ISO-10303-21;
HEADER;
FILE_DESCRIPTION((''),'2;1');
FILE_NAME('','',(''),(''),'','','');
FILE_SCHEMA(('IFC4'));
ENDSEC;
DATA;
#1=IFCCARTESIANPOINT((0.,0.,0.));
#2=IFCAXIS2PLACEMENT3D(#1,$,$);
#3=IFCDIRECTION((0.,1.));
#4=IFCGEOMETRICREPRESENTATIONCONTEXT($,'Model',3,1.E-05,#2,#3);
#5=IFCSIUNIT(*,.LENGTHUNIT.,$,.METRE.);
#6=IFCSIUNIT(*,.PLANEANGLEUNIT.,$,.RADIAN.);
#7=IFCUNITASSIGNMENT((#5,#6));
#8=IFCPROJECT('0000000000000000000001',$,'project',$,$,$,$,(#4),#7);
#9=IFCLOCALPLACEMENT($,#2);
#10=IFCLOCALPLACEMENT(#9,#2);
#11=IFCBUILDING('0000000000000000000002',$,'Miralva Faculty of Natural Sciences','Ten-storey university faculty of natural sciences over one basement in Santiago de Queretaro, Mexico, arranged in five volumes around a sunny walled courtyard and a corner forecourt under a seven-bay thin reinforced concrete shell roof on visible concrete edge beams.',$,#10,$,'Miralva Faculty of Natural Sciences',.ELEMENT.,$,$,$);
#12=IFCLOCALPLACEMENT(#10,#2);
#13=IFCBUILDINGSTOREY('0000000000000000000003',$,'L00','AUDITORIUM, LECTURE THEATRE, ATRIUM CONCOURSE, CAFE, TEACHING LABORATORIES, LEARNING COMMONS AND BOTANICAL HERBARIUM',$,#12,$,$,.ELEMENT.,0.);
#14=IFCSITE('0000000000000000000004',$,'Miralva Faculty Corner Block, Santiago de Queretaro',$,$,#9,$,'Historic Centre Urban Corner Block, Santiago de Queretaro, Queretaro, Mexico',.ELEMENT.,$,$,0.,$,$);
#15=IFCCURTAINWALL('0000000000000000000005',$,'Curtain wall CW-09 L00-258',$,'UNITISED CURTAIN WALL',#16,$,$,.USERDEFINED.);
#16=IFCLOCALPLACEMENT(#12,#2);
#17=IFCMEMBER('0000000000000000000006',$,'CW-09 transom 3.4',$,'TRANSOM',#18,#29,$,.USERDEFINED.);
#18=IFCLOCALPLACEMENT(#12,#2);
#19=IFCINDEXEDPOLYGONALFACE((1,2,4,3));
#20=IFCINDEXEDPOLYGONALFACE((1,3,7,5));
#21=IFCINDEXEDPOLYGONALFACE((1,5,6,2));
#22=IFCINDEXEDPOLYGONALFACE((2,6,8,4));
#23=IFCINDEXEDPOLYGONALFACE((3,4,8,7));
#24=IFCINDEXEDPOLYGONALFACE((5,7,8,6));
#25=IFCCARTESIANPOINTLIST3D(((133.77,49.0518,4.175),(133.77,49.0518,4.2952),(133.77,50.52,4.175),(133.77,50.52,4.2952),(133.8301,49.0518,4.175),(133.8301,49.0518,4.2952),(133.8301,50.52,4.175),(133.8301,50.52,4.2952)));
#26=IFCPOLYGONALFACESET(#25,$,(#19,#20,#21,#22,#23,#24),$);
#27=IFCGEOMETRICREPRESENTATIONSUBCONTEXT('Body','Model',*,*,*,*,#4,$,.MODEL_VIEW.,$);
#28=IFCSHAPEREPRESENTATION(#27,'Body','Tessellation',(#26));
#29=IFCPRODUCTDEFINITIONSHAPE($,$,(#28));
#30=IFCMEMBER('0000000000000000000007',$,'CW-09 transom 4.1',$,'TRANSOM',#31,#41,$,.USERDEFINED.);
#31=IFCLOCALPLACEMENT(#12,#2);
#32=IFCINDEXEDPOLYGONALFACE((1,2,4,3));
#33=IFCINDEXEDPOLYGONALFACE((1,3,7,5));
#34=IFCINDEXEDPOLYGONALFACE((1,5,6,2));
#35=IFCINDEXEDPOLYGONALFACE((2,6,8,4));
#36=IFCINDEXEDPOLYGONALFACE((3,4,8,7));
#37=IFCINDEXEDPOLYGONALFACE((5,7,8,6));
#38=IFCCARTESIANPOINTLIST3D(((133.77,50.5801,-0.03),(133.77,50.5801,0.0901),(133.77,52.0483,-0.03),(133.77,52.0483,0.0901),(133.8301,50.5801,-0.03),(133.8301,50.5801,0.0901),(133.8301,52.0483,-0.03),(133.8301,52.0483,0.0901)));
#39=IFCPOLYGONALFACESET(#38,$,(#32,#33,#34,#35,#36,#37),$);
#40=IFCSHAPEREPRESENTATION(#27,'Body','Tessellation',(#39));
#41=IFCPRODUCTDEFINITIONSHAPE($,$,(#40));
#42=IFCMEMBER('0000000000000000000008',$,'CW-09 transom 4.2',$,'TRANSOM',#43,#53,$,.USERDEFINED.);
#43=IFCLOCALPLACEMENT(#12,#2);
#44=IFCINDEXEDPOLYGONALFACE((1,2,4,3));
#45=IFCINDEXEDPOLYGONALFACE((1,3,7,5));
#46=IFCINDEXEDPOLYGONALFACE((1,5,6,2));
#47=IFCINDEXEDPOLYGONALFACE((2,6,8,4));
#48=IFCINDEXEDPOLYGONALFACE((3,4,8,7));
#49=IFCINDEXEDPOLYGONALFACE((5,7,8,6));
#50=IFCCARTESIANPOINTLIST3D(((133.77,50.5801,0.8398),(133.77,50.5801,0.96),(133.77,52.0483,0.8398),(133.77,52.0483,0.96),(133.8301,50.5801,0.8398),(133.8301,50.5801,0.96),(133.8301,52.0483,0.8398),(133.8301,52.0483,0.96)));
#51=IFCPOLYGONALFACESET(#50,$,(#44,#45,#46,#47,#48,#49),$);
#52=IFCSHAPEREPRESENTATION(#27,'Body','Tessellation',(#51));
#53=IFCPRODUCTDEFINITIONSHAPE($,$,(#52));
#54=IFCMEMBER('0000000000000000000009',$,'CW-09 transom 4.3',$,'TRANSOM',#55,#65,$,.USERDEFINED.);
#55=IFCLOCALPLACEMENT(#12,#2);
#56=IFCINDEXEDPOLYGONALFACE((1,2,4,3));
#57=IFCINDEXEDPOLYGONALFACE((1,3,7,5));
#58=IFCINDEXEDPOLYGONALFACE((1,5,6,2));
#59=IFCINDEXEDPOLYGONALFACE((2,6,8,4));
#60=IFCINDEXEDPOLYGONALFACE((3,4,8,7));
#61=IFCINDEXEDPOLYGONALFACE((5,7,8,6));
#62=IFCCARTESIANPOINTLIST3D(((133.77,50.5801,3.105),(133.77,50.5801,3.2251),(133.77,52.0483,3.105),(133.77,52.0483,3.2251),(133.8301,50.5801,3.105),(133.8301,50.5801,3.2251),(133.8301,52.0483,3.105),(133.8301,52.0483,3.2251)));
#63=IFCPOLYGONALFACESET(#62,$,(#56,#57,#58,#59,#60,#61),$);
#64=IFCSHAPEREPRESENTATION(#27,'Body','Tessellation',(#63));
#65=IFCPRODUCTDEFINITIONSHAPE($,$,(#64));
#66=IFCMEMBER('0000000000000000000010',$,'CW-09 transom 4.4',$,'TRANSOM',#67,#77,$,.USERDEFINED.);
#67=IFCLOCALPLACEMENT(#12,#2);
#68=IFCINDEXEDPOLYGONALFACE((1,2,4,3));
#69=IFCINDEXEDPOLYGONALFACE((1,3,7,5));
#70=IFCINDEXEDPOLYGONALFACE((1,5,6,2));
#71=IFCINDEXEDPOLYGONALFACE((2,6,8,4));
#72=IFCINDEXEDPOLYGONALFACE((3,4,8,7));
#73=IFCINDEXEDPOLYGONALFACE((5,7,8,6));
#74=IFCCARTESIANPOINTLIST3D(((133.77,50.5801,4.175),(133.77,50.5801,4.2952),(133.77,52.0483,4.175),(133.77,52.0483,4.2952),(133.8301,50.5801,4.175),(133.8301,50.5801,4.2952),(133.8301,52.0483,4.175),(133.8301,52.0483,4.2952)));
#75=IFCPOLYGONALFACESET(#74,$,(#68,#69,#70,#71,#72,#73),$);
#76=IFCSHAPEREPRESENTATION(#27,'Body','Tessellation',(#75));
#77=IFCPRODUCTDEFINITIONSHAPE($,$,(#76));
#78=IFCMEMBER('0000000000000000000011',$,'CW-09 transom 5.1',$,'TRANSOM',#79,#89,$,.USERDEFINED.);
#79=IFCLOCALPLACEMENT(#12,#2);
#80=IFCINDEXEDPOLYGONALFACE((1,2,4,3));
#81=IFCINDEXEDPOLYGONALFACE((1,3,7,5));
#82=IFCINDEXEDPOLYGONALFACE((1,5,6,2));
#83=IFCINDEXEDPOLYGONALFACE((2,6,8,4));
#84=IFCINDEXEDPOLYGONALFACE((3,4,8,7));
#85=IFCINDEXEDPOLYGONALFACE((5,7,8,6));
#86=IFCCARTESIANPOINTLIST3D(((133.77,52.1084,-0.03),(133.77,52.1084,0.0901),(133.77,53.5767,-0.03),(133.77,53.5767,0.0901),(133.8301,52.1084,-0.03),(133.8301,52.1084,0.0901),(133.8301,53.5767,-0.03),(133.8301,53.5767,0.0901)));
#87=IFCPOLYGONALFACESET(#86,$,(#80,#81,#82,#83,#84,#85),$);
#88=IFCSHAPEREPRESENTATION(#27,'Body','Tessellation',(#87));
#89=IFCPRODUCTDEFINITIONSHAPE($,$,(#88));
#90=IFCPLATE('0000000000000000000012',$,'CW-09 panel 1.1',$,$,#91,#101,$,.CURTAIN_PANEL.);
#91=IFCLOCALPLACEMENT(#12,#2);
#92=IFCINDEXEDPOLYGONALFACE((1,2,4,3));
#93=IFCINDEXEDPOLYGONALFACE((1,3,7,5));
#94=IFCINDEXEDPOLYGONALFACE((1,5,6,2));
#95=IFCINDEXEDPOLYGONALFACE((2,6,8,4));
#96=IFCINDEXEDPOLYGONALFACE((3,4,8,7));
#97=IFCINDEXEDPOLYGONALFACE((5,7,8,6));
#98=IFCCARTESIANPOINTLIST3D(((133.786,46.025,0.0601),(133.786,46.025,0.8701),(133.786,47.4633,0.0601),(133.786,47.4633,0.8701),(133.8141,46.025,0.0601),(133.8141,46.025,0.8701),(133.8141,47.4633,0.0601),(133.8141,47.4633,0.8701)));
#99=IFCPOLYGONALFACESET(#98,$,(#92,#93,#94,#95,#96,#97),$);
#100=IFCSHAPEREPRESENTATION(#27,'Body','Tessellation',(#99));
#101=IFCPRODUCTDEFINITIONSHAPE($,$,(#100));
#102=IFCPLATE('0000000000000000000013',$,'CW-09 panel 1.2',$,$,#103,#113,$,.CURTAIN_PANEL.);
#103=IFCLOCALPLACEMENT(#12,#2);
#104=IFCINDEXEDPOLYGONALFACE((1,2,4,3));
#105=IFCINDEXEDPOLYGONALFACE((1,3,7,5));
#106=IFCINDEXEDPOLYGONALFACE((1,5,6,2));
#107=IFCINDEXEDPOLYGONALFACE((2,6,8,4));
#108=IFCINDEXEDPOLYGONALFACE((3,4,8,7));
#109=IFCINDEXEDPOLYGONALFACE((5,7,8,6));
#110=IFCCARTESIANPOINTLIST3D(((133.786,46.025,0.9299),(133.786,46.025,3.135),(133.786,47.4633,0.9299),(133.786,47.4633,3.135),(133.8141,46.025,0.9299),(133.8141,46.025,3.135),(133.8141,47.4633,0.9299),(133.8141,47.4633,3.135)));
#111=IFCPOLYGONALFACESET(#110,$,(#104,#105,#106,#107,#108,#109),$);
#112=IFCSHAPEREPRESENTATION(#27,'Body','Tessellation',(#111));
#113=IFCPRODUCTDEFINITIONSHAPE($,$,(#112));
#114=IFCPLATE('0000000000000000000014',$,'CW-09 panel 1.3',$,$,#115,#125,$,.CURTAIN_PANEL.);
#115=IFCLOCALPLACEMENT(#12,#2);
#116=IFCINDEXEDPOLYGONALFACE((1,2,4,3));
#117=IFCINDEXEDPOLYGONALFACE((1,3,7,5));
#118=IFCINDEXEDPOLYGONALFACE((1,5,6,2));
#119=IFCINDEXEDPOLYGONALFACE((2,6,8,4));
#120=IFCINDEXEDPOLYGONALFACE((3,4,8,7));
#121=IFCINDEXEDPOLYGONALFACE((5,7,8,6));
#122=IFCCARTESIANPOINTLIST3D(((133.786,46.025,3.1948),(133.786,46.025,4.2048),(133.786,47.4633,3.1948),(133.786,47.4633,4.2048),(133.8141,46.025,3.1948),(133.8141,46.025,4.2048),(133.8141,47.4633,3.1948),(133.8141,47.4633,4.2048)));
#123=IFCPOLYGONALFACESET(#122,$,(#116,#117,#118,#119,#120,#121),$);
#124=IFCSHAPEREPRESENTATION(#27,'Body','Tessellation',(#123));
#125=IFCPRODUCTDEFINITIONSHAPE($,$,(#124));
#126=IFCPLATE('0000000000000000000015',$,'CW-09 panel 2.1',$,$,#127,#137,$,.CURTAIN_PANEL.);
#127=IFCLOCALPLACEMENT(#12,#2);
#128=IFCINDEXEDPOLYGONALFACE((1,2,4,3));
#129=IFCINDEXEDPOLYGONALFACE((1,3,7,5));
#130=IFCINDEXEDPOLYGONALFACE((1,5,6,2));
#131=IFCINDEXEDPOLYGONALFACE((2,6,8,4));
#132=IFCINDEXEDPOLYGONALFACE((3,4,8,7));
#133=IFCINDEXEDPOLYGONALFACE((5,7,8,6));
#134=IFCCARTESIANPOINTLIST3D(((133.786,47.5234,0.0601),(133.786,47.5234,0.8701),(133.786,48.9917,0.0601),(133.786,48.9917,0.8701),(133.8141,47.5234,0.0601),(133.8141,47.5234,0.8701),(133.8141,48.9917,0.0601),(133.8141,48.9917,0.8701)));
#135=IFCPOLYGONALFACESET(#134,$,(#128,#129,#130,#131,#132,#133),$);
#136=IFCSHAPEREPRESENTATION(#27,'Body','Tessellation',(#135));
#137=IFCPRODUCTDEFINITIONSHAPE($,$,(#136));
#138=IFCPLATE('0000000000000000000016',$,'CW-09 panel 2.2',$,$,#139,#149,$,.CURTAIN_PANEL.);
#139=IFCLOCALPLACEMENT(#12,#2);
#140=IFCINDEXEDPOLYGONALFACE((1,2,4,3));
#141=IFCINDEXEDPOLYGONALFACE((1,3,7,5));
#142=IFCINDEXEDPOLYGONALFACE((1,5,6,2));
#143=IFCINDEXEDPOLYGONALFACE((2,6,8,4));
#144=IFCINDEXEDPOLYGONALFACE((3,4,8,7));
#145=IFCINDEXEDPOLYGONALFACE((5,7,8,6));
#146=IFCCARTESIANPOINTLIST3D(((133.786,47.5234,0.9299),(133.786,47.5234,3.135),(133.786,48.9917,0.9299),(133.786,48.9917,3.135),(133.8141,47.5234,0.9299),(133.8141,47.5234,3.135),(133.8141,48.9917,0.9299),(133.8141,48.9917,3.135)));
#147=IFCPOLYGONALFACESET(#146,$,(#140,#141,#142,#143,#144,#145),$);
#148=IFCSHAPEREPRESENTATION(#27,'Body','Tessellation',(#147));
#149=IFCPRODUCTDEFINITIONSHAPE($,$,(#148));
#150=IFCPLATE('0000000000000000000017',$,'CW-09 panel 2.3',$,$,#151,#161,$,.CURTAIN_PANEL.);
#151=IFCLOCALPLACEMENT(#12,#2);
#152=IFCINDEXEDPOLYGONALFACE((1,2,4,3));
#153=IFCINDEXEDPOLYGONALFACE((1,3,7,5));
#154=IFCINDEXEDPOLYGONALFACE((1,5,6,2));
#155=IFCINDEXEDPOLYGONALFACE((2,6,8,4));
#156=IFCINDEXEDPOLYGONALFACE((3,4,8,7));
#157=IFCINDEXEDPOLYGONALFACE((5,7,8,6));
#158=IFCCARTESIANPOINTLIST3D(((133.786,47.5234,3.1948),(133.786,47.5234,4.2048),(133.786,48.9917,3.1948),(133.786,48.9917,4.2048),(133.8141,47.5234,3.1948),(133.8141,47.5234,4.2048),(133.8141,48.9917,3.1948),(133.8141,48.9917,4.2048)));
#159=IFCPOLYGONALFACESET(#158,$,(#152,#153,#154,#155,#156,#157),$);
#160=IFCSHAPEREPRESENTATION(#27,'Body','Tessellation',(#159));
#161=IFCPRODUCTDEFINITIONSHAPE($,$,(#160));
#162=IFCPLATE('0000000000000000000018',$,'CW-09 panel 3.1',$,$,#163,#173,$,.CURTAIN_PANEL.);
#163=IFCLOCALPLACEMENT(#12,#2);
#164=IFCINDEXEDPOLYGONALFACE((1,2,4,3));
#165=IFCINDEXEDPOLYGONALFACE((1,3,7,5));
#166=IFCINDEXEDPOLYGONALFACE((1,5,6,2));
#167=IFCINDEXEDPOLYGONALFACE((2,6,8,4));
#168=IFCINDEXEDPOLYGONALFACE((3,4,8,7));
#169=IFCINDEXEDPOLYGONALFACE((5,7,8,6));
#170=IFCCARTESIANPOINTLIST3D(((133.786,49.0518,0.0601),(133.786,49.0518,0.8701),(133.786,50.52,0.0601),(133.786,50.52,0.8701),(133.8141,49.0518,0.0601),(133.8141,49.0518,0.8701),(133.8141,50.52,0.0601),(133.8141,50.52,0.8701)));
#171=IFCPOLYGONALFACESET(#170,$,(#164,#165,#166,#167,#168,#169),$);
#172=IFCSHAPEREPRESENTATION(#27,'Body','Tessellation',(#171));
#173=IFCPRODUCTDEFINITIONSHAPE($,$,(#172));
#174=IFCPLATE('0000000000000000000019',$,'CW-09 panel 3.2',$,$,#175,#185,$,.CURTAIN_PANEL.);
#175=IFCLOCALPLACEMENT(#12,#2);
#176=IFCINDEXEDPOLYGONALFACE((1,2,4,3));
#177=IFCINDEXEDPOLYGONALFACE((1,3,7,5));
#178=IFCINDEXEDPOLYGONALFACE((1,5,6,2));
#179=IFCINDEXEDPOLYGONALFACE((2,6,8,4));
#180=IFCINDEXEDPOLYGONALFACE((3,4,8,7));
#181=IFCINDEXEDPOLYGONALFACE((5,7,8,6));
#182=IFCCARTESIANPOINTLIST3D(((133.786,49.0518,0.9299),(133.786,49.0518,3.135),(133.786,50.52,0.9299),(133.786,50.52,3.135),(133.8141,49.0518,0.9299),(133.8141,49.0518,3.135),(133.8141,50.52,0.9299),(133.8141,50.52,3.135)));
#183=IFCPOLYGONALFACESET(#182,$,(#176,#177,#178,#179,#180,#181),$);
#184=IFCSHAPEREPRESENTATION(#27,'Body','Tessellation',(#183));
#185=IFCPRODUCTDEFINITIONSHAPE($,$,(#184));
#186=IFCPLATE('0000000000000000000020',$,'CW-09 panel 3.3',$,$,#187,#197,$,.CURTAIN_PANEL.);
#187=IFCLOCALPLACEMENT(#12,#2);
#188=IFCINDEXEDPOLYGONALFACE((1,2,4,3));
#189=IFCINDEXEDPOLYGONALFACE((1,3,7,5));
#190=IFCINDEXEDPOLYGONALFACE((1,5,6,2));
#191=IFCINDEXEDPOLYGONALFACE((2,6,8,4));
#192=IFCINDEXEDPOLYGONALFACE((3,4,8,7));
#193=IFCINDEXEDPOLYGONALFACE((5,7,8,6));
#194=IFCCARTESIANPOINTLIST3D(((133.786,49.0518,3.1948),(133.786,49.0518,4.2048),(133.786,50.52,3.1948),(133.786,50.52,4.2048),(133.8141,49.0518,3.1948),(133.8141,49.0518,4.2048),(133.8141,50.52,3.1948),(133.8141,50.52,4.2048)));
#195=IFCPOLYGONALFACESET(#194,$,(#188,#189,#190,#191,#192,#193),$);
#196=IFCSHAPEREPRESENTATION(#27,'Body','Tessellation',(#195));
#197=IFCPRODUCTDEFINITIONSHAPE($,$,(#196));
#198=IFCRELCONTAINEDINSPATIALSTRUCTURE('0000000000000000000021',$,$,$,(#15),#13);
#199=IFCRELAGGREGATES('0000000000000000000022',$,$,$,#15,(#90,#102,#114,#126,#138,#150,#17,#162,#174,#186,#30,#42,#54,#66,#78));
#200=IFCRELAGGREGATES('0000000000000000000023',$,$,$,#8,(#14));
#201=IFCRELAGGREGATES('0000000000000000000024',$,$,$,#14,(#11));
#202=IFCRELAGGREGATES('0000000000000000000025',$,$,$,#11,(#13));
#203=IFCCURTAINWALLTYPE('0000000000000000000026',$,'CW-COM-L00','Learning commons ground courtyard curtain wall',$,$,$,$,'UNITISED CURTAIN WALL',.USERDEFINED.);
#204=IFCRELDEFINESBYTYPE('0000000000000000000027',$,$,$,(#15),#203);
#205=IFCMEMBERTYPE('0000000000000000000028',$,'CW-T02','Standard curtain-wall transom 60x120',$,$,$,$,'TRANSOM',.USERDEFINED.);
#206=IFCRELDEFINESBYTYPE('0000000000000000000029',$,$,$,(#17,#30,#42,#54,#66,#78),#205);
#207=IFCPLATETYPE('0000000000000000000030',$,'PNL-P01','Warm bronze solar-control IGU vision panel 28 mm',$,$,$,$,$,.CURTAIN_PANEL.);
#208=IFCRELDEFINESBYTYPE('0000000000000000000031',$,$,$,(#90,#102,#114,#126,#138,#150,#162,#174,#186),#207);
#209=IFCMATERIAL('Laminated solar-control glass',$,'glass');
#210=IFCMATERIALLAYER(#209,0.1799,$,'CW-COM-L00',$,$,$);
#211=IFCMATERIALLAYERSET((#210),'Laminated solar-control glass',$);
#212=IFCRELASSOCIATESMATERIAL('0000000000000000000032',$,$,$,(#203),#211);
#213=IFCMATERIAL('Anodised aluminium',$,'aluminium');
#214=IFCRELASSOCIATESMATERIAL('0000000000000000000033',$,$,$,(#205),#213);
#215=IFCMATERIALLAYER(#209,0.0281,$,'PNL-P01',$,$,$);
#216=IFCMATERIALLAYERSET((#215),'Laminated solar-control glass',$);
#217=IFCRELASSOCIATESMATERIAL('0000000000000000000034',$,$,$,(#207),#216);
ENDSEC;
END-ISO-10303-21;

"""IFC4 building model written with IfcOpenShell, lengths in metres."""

from ifc_helpers import new_model, si_unit, direction, frame, origin, origin_2d, place, context, subcontext, project, spatial, rectangle, extrude, material, layer, layer_set, material_profile, profile_set, type_object, element, aggregate, save


model = new_model("IFC4")

# Units and contexts
model_context = context("Model", 3, precision=1e-05, world=origin(), true_north=direction((0.0, 1.0)))
body_context = subcontext(model_context, "Body", "Model", "MODEL_VIEW")
ifc_project = project(units=[si_unit("LENGTHUNIT", "METRE"), si_unit("PLANEANGLEUNIT", "RADIAN")], contexts=[model_context])

# Site, building, storey
site_placement = place(None, origin())
site = spatial("IfcSite", under=ifc_project, at=site_placement, Name="Miralva Faculty Corner Block, Santiago de Queretaro", LongName="Historic Centre Urban Corner Block, Santiago de Queretaro, Queretaro, Mexico", CompositionType="ELEMENT", RefElevation=0.0)
building_placement = place(site_placement, origin())
building = spatial("IfcBuilding", under=site, at=building_placement, Name="Miralva Faculty of Natural Sciences", Description="Ten-storey university faculty of natural sciences over one basement in Santiago de Queretaro, Mexico, arranged in five volumes around a sunny walled courtyard and a corner forecourt under a seven-bay thin reinforced concrete shell roof on visible concrete edge beams.", LongName="Miralva Faculty of Natural Sciences", CompositionType="ELEMENT")
storey_placement = place(building_placement, origin())
storey = spatial("IfcBuildingStorey", under=building, at=storey_placement, Name="L00", Description="AUDITORIUM, LECTURE THEATRE, ATRIUM CONCOURSE, CAFE, TEACHING LABORATORIES, LEARNING COMMONS AND BOTANICAL HERBARIUM", CompositionType="ELEMENT", Elevation=0.0)

# Curtain wall, members, plates
ifc_material_1 = material(Name="Laminated solar-control glass", Category="glass")
ifc_layer_1 = layer(ifc_material_1, 0.1799, Name="CW-COM-L00")
ifc_layer_set_1 = layer_set([ifc_layer_1], Name="Laminated solar-control glass")
curtain_wall_type = type_object("IfcCurtainWallType", Name="CW-COM-L00", Description="Learning commons ground courtyard curtain wall", ElementType="UNITISED CURTAIN WALL", PredefinedType="USERDEFINED", material=ifc_layer_set_1)
curtain_wall_placement = place(storey_placement, origin())
curtain_wall = element("IfcCurtainWall", 1, at=curtain_wall_placement, inside=storey, type_object=curtain_wall_type, Name="Curtain wall CW-09 L00-258", ObjectType="UNITISED CURTAIN WALL", PredefinedType="USERDEFINED")
ifc_material_2 = material(Name="Anodised aluminium", Category="aluminium")
ifc_material_profile_1 = material_profile(ifc_material_2, rectangle(XDim=0.0601, YDim=0.1201, at=origin_2d()), Name="TRANSOM 60x120")
ifc_profile_set_1 = profile_set([ifc_material_profile_1], Name="Anodised aluminium")
member_type_1 = type_object("IfcMemberType", Name="CW-T02", Description="Standard curtain-wall transom 60x120", ElementType="TRANSOM", PredefinedType="USERDEFINED", material=ifc_profile_set_1)
member_1_placement = place(storey_placement, frame((133.8, 49.0518, 4.2351), z_axis=(0.0, 1.0, 0.0), x_axis=(-1.0, 0.0, 0.0)))
member_1 = element("IfcMember", 2, at=member_1_placement, type_object=member_type_1, Name="CW-09 transom 3.4", ObjectType="TRANSOM", PredefinedType="USERDEFINED", context=body_context, shape_type="SweptSolid", body=[
    extrude(rectangle(XDim=0.0601, YDim=0.1201, at=origin_2d()), origin(), (0.0, 0.0, 1.0), 1.4683),
])
member_2_placement = place(storey_placement, frame((133.8, 50.5801, 0.03), z_axis=(0.0, 1.0, 0.0), x_axis=(-1.0, 0.0, 0.0)))
member_2 = element("IfcMember", 3, at=member_2_placement, type_object=member_type_1, Name="CW-09 transom 4.1", ObjectType="TRANSOM", PredefinedType="USERDEFINED", context=body_context, shape_type="SweptSolid", body=[
    extrude(rectangle(XDim=0.0601, YDim=0.1201, at=origin_2d()), origin(), (0.0, 0.0, 1.0), 1.4683),
])
member_3_placement = place(storey_placement, frame((133.8, 50.5801, 0.8999), z_axis=(0.0, 1.0, 0.0), x_axis=(-1.0, 0.0, 0.0)))
member_3 = element("IfcMember", 4, at=member_3_placement, type_object=member_type_1, Name="CW-09 transom 4.2", ObjectType="TRANSOM", PredefinedType="USERDEFINED", context=body_context, shape_type="SweptSolid", body=[
    extrude(rectangle(XDim=0.0601, YDim=0.1201, at=origin_2d()), origin(), (0.0, 0.0, 1.0), 1.4683),
])
member_4_placement = place(storey_placement, frame((133.8, 50.5801, 3.165), z_axis=(0.0, 1.0, 0.0), x_axis=(-1.0, 0.0, 0.0)))
member_4 = element("IfcMember", 5, at=member_4_placement, type_object=member_type_1, Name="CW-09 transom 4.3", ObjectType="TRANSOM", PredefinedType="USERDEFINED", context=body_context, shape_type="SweptSolid", body=[
    extrude(rectangle(XDim=0.0601, YDim=0.1201, at=origin_2d()), origin(), (0.0, 0.0, 1.0), 1.4683),
])
member_5_placement = place(storey_placement, frame((133.8, 50.5801, 4.2351), z_axis=(0.0, 1.0, 0.0), x_axis=(-1.0, 0.0, 0.0)))
member_5 = element("IfcMember", 6, at=member_5_placement, type_object=member_type_1, Name="CW-09 transom 4.4", ObjectType="TRANSOM", PredefinedType="USERDEFINED", context=body_context, shape_type="SweptSolid", body=[
    extrude(rectangle(XDim=0.0601, YDim=0.1201, at=origin_2d()), origin(), (0.0, 0.0, 1.0), 1.4683),
])
member_6_placement = place(storey_placement, frame((133.8, 52.1084, 0.03), z_axis=(0.0, 1.0, 0.0), x_axis=(-1.0, 0.0, 0.0)))
member_6 = element("IfcMember", 7, at=member_6_placement, type_object=member_type_1, Name="CW-09 transom 5.1", ObjectType="TRANSOM", PredefinedType="USERDEFINED", context=body_context, shape_type="SweptSolid", body=[
    extrude(rectangle(XDim=0.0601, YDim=0.1201, at=origin_2d()), origin(), (0.0, 0.0, 1.0), 1.4683),
])
ifc_layer_2 = layer(ifc_material_1, 0.0281, Name="PNL-P01")
ifc_layer_set_2 = layer_set([ifc_layer_2], Name="Laminated solar-control glass")
plate_type = type_object("IfcPlateType", Name="PNL-P01", Description="Warm bronze solar-control IGU vision panel 28 mm", PredefinedType="CURTAIN_PANEL", material=ifc_layer_set_2)
plate_1_placement = place(storey_placement, frame((133.8, 46.7441, 0.0601), z_axis=(0.0, 0.0, 1.0), x_axis=(0.0, 1.0, 0.0)))
plate_1 = element("IfcPlate", 8, at=plate_1_placement, type_object=plate_type, Name="CW-09 panel 1.1", PredefinedType="CURTAIN_PANEL", context=body_context, shape_type="SweptSolid", body=[
    extrude(rectangle(XDim=1.4382, YDim=0.0281, at=origin_2d()), origin(), (0.0, 0.0, 1.0), 0.8101),
])
plate_2_placement = place(storey_placement, frame((133.8, 46.7441, 0.9299), z_axis=(0.0, 0.0, 1.0), x_axis=(0.0, 1.0, 0.0)))
plate_2 = element("IfcPlate", 9, at=plate_2_placement, type_object=plate_type, Name="CW-09 panel 1.2", PredefinedType="CURTAIN_PANEL", context=body_context, shape_type="SweptSolid", body=[
    extrude(rectangle(XDim=1.4382, YDim=0.0281, at=origin_2d()), origin(), (0.0, 0.0, 1.0), 2.2051),
])
plate_3_placement = place(storey_placement, frame((133.8, 46.7441, 3.1948), z_axis=(0.0, 0.0, 1.0), x_axis=(0.0, 1.0, 0.0)))
plate_3 = element("IfcPlate", 10, at=plate_3_placement, type_object=plate_type, Name="CW-09 panel 1.3", PredefinedType="CURTAIN_PANEL", context=body_context, shape_type="SweptSolid", body=[
    extrude(rectangle(XDim=1.4382, YDim=0.0281, at=origin_2d()), origin(), (0.0, 0.0, 1.0), 1.01),
])
plate_4_placement = place(storey_placement, frame((133.8, 48.2576, 0.0601), z_axis=(0.0, 0.0, 1.0), x_axis=(0.0, 1.0, 0.0)))
plate_4 = element("IfcPlate", 11, at=plate_4_placement, type_object=plate_type, Name="CW-09 panel 2.1", PredefinedType="CURTAIN_PANEL", context=body_context, shape_type="SweptSolid", body=[
    extrude(rectangle(XDim=1.4683, YDim=0.0281, at=origin_2d()), origin(), (0.0, 0.0, 1.0), 0.8101),
])
plate_5_placement = place(storey_placement, frame((133.8, 48.2576, 0.9299), z_axis=(0.0, 0.0, 1.0), x_axis=(0.0, 1.0, 0.0)))
plate_5 = element("IfcPlate", 12, at=plate_5_placement, type_object=plate_type, Name="CW-09 panel 2.2", PredefinedType="CURTAIN_PANEL", context=body_context, shape_type="SweptSolid", body=[
    extrude(rectangle(XDim=1.4683, YDim=0.0281, at=origin_2d()), origin(), (0.0, 0.0, 1.0), 2.2051),
])
plate_6_placement = place(storey_placement, frame((133.8, 48.2576, 3.1948), z_axis=(0.0, 0.0, 1.0), x_axis=(0.0, 1.0, 0.0)))
plate_6 = element("IfcPlate", 13, at=plate_6_placement, type_object=plate_type, Name="CW-09 panel 2.3", PredefinedType="CURTAIN_PANEL", context=body_context, shape_type="SweptSolid", body=[
    extrude(rectangle(XDim=1.4683, YDim=0.0281, at=origin_2d()), origin(), (0.0, 0.0, 1.0), 1.01),
])
plate_7_placement = place(storey_placement, frame((133.8, 49.7859, 0.0601), z_axis=(0.0, 0.0, 1.0), x_axis=(0.0, 1.0, 0.0)))
plate_7 = element("IfcPlate", 14, at=plate_7_placement, type_object=plate_type, Name="CW-09 panel 3.1", PredefinedType="CURTAIN_PANEL", context=body_context, shape_type="SweptSolid", body=[
    extrude(rectangle(XDim=1.4683, YDim=0.0281, at=origin_2d()), origin(), (0.0, 0.0, 1.0), 0.8101),
])
plate_8_placement = place(storey_placement, frame((133.8, 49.7859, 0.9299), z_axis=(0.0, 0.0, 1.0), x_axis=(0.0, 1.0, 0.0)))
plate_8 = element("IfcPlate", 15, at=plate_8_placement, type_object=plate_type, Name="CW-09 panel 3.2", PredefinedType="CURTAIN_PANEL", context=body_context, shape_type="SweptSolid", body=[
    extrude(rectangle(XDim=1.4683, YDim=0.0281, at=origin_2d()), origin(), (0.0, 0.0, 1.0), 2.2051),
])
plate_9_placement = place(storey_placement, frame((133.8, 49.7859, 3.1948), z_axis=(0.0, 0.0, 1.0), x_axis=(0.0, 1.0, 0.0)))
plate_9 = element("IfcPlate", 16, at=plate_9_placement, type_object=plate_type, Name="CW-09 panel 3.3", PredefinedType="CURTAIN_PANEL", context=body_context, shape_type="SweptSolid", body=[
    extrude(rectangle(XDim=1.4683, YDim=0.0281, at=origin_2d()), origin(), (0.0, 0.0, 1.0), 1.01),
])
aggregate(curtain_wall, [plate_1, plate_2, plate_3, plate_4, plate_5, plate_6, member_1, plate_7, plate_8, plate_9, member_2, member_3, member_4, member_5, member_6])

save(model, "model.ifc")
